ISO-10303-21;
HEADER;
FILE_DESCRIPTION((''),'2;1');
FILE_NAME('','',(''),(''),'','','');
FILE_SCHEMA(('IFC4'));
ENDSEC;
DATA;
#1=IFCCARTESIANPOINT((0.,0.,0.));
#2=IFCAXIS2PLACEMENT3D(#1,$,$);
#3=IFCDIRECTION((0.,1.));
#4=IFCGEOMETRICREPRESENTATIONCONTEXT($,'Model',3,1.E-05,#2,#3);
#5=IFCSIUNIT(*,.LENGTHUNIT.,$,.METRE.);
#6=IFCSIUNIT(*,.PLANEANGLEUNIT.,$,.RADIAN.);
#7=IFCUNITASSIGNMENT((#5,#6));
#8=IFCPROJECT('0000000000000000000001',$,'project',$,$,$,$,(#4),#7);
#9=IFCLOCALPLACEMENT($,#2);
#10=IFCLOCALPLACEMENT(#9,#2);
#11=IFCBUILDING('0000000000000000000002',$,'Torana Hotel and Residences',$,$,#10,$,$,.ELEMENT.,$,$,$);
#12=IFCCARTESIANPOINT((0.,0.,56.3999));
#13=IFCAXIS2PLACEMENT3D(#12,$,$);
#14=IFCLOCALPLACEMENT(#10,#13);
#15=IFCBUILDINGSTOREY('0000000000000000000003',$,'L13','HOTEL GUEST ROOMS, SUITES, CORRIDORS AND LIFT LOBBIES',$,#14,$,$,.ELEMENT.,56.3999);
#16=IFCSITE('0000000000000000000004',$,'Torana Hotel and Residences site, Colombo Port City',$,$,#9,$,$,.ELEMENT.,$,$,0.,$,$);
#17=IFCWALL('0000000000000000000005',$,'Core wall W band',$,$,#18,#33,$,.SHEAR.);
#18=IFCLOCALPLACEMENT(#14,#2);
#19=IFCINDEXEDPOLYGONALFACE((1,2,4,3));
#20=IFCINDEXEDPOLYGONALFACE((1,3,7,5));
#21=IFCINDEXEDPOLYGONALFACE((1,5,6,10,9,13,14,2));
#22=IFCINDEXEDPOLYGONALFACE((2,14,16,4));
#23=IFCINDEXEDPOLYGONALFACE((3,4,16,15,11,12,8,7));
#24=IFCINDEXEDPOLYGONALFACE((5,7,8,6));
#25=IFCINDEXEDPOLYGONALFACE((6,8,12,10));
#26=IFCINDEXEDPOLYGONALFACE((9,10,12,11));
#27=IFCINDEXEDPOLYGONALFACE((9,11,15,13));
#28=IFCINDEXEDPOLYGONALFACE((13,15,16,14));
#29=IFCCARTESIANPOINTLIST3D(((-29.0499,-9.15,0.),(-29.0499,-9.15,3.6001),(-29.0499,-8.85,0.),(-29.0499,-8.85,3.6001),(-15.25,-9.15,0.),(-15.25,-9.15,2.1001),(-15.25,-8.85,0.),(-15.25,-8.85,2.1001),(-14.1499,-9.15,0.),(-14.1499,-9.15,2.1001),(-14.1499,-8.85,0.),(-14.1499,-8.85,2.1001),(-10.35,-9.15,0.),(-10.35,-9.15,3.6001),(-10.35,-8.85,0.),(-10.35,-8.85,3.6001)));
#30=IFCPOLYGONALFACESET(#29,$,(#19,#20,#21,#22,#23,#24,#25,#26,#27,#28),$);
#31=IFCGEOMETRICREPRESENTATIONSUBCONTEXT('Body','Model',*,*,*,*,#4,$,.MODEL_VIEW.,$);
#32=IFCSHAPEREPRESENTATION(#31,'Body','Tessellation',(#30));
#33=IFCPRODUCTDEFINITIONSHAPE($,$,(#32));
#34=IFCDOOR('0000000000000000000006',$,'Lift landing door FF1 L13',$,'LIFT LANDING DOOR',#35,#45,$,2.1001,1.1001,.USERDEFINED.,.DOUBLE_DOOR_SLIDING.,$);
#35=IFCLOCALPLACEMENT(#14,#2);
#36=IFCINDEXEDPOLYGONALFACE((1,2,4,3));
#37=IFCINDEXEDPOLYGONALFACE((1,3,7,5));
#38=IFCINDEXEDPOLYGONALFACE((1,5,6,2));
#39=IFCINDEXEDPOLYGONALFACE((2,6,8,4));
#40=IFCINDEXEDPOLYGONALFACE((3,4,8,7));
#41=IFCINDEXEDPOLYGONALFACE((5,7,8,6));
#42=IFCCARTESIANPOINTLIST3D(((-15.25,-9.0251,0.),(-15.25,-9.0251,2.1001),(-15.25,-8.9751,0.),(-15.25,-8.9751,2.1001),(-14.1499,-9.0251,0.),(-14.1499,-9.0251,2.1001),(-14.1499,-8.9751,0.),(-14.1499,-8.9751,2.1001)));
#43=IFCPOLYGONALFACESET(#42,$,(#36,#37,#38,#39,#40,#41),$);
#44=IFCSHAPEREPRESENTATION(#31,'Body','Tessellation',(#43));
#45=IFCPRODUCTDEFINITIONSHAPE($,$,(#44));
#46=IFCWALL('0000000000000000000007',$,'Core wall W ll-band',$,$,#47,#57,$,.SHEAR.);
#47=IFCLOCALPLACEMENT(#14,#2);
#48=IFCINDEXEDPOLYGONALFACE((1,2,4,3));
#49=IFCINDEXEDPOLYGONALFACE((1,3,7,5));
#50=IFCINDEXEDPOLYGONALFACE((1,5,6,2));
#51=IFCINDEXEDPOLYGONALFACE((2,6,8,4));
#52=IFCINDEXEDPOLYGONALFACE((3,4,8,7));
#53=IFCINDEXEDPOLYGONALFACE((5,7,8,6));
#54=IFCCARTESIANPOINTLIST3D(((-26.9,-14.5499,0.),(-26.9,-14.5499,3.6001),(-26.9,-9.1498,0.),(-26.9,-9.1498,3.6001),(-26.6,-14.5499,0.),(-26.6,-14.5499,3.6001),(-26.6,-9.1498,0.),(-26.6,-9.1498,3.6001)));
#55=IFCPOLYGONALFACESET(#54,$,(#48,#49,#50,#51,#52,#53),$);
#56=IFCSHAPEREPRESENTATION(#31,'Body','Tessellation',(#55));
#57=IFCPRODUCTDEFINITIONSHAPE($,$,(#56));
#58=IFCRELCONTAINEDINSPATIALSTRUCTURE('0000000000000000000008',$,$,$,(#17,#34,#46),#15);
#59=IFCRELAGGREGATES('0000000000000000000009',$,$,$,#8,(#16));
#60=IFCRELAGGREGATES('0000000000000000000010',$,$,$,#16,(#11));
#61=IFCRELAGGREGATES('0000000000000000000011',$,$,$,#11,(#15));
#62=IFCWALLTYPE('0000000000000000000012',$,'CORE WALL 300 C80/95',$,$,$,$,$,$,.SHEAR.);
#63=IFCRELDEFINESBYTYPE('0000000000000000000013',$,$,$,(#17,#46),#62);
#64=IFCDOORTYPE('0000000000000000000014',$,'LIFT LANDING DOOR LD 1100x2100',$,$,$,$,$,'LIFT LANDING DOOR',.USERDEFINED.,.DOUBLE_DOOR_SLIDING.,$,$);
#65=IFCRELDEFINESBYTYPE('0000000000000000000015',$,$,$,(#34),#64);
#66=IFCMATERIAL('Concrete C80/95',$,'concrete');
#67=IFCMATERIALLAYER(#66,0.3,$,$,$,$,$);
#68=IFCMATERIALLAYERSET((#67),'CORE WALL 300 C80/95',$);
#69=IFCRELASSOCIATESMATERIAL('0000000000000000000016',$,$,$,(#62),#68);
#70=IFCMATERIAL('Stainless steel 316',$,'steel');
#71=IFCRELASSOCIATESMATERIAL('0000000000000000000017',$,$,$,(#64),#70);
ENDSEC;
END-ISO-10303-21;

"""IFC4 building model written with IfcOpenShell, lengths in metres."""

from ifc_helpers import new_model, si_unit, direction, frame, frame_2d, origin, place, context, subcontext, project, spatial, rectangle, extrude, material, layer, layer_set, type_object, element, fill, save


model = new_model("IFC4")

# Units and contexts
model_context = context("Model", 3, precision=1e-05, world=origin(), true_north=direction((0.0, 1.0)))
body_context = subcontext(model_context, "Body", "Model", "MODEL_VIEW")
ifc_project = project(units=[si_unit("LENGTHUNIT", "METRE"), si_unit("PLANEANGLEUNIT", "RADIAN")], contexts=[model_context])

# Site, building, storey
site_placement = place(None, origin())
site = spatial("IfcSite", under=ifc_project, at=site_placement, Name="Torana Hotel and Residences site, Colombo Port City", CompositionType="ELEMENT", RefElevation=0.0)
building_placement = place(site_placement, origin())
building = spatial("IfcBuilding", under=site, at=building_placement, Name="Torana Hotel and Residences", CompositionType="ELEMENT")
storey_placement = place(building_placement, frame((0.0, 0.0, 56.3999)))
storey = spatial("IfcBuildingStorey", under=building, at=storey_placement, Name="L13", Description="HOTEL GUEST ROOMS, SUITES, CORRIDORS AND LIFT LOBBIES", CompositionType="ELEMENT", Elevation=56.3999)

# Wall, opening, door
ifc_material_1 = material(Name="Concrete C80/95", Category="concrete")
ifc_layer_1 = layer(ifc_material_1, 0.3)
ifc_layer_set_1 = layer_set([ifc_layer_1], Name="CORE WALL 300 C80/95")
wall_type_1 = type_object("IfcWallType", Name="CORE WALL 300 C80/95", PredefinedType="SHEAR", material=ifc_layer_set_1)
wall_1_placement = place(storey_placement, frame((-29.05, -9.0, 0.0), z_axis=(0.0, 0.0, 1.0), x_axis=(1.0, 0.0, 0.0)))
wall_1 = element("IfcWall", 1, at=wall_1_placement, inside=storey, type_object=wall_type_1, Name="Core wall W band", PredefinedType="SHEAR", context=body_context, shape_type="SweptSolid", body=[
    extrude(rectangle(XDim=18.7, YDim=0.3, at=frame_2d((9.3501, 0.0))), origin(), (0.0, 0.0, 1.0), 3.6001),
])
opening_1_placement = place(wall_1_placement, frame((13.8, 0.0, 0.0)))
opening_1 = element("IfcOpeningElement", 2, at=opening_1_placement, cuts=wall_1, PredefinedType="OPENING", context=body_context, shape_type="SweptSolid", body=[
    extrude(rectangle(XDim=1.1001, YDim=2.1001, at=frame_2d((0.55, 1.05))), frame((0.0, 0.1599, 0.0), z_axis=(0.0, -1.0, 0.0), x_axis=(1.0, 0.0, 0.0)), (0.0, 0.0, 1.0), 0.3201),
])
ifc_material_2 = material(Name="Stainless steel 316", Category="steel")
door_type_1 = type_object("IfcDoorType", Name="LIFT LANDING DOOR LD 1100x2100", ElementType="LIFT LANDING DOOR", OperationType="DOUBLE_DOOR_SLIDING", PredefinedType="USERDEFINED", material=ifc_material_2)
door_1_placement = place(opening_1_placement, origin())
door_1 = element("IfcDoor", 3, at=door_1_placement, inside=storey, type_object=door_type_1, Name="Lift landing door FF1 L13", ObjectType="LIFT LANDING DOOR", OperationType="DOUBLE_DOOR_SLIDING", OverallHeight=2.1001, OverallWidth=1.1001, PredefinedType="USERDEFINED", context=body_context, shape_type="SweptSolid", body=[
    extrude(rectangle(XDim=1.1001, YDim=2.1001, at=frame_2d((0.55, 1.05))), frame((0.0, 0.0249, 0.0), z_axis=(0.0, -1.0, 0.0), x_axis=(1.0, 0.0, 0.0)), (0.0, 0.0, 1.0), 0.05),
])
fill(opening_1, door_1)

# Wall
wall_2_placement = place(storey_placement, frame((-26.75, -14.55, 0.0), z_axis=(0.0, 0.0, 1.0), x_axis=(0.0, 1.0, 0.0)))
element("IfcWall", 4, at=wall_2_placement, inside=storey, type_object=wall_type_1, Name="Core wall W ll-band", PredefinedType="SHEAR", context=body_context, shape_type="SweptSolid", body=[
    extrude(rectangle(XDim=5.4001, YDim=0.3, at=frame_2d((2.7002, 0.0))), origin(), (0.0, 0.0, 1.0), 3.6001),
])

save(model, "model.ifc")
